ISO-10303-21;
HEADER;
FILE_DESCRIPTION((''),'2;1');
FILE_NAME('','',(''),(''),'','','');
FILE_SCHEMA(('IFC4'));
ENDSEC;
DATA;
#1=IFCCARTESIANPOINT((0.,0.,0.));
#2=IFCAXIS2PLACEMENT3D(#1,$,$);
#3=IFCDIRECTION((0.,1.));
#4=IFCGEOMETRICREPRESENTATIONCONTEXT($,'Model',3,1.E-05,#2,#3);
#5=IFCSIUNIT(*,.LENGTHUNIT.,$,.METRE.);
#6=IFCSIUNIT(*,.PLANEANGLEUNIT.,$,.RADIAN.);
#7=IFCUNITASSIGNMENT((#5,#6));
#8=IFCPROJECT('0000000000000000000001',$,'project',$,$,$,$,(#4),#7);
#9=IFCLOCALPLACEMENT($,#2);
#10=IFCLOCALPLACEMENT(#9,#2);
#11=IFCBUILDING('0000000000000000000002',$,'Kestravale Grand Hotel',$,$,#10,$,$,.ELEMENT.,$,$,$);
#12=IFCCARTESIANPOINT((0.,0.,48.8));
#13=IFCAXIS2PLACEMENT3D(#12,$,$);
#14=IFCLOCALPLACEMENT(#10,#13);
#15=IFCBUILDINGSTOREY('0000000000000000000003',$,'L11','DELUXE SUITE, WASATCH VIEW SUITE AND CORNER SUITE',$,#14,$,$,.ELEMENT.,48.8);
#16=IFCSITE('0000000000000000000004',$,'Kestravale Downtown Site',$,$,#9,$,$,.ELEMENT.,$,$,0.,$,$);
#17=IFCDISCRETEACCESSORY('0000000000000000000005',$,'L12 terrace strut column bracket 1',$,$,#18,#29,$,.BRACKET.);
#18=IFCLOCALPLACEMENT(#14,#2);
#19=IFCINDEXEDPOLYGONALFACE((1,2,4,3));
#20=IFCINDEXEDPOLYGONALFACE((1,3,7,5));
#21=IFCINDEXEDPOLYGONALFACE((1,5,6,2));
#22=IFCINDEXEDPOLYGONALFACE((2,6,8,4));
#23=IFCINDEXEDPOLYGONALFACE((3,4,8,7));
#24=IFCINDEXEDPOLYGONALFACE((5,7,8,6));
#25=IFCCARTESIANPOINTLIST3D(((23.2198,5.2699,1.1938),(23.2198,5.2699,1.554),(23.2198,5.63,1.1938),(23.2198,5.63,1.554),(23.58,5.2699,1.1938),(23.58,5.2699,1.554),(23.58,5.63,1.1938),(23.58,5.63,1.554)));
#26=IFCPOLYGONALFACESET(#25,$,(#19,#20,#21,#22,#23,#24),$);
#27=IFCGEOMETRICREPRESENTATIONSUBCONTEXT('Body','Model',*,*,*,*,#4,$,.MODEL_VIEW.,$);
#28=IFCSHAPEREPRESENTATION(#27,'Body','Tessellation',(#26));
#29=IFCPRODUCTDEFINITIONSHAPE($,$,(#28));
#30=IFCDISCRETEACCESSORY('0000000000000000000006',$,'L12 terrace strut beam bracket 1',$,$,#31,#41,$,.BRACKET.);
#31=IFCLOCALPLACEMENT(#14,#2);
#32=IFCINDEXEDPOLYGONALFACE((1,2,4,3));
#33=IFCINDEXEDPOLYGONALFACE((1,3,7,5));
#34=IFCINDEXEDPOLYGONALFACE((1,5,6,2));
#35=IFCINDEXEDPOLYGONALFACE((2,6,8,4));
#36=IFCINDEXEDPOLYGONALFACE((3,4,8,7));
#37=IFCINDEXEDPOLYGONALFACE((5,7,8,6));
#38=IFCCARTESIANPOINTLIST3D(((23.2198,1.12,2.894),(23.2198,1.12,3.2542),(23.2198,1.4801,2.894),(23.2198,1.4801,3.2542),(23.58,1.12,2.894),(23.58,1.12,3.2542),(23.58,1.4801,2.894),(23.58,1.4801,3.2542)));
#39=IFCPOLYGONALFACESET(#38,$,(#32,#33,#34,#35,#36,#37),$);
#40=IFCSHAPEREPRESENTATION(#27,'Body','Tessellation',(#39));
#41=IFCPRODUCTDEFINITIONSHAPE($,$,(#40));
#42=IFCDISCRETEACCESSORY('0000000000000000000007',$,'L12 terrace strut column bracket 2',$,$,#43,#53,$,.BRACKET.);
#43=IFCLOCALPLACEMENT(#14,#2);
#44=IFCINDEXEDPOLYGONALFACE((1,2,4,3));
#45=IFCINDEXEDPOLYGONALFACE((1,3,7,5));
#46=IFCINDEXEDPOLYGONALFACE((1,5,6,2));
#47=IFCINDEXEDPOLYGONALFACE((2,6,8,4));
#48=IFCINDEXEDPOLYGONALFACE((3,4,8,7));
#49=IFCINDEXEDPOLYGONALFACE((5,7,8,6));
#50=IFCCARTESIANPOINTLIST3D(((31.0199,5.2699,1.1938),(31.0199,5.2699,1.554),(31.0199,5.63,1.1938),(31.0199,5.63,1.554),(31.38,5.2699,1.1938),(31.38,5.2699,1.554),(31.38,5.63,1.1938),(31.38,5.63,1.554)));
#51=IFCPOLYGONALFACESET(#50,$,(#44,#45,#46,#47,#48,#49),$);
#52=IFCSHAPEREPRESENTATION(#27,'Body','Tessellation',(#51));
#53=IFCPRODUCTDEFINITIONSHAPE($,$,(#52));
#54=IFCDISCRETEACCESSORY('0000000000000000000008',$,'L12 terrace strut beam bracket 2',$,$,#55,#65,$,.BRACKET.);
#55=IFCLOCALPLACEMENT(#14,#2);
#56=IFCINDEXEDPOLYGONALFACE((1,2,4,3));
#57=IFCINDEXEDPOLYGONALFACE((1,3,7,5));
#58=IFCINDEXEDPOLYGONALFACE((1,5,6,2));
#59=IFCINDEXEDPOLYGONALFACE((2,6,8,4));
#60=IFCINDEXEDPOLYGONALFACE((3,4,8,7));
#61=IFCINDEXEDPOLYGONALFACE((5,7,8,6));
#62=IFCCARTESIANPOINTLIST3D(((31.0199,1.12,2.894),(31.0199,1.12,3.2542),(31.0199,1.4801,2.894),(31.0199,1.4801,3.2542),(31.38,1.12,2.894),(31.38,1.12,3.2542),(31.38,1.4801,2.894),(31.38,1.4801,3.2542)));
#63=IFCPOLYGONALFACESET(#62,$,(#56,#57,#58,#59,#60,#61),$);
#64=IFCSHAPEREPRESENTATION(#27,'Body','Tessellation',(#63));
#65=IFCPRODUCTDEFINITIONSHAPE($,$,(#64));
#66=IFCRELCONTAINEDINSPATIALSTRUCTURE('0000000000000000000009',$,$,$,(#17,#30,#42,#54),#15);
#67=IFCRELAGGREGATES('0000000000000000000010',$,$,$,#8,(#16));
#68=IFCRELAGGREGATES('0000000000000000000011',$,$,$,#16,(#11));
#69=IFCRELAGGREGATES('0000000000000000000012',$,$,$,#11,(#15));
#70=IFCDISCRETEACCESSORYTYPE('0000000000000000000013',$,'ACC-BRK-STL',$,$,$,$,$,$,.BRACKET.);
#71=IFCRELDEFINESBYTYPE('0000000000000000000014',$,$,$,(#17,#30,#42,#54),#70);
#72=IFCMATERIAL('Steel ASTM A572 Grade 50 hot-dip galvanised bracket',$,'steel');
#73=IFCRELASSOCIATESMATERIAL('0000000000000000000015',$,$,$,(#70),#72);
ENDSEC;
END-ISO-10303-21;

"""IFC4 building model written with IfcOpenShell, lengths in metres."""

from ifc_helpers import new_model, si_unit, direction, frame, origin, origin_2d, place, context, subcontext, project, spatial, rectangle, extrude, material, type_object, element, save


model = new_model("IFC4")

# Units and contexts
model_context = context("Model", 3, precision=1e-05, world=origin(), true_north=direction((0.0, 1.0)))
body_context = subcontext(model_context, "Body", "Model", "MODEL_VIEW")
ifc_project = project(units=[si_unit("LENGTHUNIT", "METRE"), si_unit("PLANEANGLEUNIT", "RADIAN")], contexts=[model_context])

# Site, building, storey
site_placement = place(None, origin())
site = spatial("IfcSite", under=ifc_project, at=site_placement, Name="Kestravale Downtown Site", CompositionType="ELEMENT", RefElevation=0.0)
building_placement = place(site_placement, origin())
building = spatial("IfcBuilding", under=site, at=building_placement, Name="Kestravale Grand Hotel", CompositionType="ELEMENT")
storey_placement = place(building_placement, frame((0.0, 0.0, 48.8)))
storey = spatial("IfcBuildingStorey", under=building, at=storey_placement, Name="L11", Description="DELUXE SUITE, WASATCH VIEW SUITE AND CORNER SUITE", CompositionType="ELEMENT", Elevation=48.8)

# Discrete accessories
ifc_material_1 = material(Name="Steel ASTM A572 Grade 50 hot-dip galvanised bracket", Category="steel")
discrete_accessory_type = type_object("IfcDiscreteAccessoryType", Name="ACC-BRK-STL", PredefinedType="BRACKET", material=ifc_material_1)
for number, where, z_axis, x_axis, name in (
    (1, (23.3999, 5.45, 1.1938), (0.0, 0.0, 1.0), (1.0, 0.0, 0.0), "L12 terrace strut column bracket 1"),
    (2, (23.3999, 1.3, 2.894), (0.0, 0.0, 1.0), (1.0, 0.0, 0.0), "L12 terrace strut beam bracket 1"),
    (3, (31.2, 5.45, 1.1938), (0.0, 0.0, 1.0), (1.0, 0.0, 0.0), "L12 terrace strut column bracket 2"),
    (4, (31.2, 1.3, 2.894), (0.0, 0.0, 1.0), (1.0, 0.0, 0.0), "L12 terrace strut beam bracket 2"),
):
    element("IfcDiscreteAccessory", number, at=place(storey_placement, frame(where, z_axis=z_axis, x_axis=x_axis)), inside=storey, type_object=discrete_accessory_type, Name=name, PredefinedType="BRACKET", context=body_context, shape_type="SweptSolid", body=[
        extrude(rectangle(XDim=0.3601, YDim=0.3601, at=origin_2d()), origin(), (0.0, 0.0, 1.0), 0.3601),
    ])

save(model, "model.ifc")
